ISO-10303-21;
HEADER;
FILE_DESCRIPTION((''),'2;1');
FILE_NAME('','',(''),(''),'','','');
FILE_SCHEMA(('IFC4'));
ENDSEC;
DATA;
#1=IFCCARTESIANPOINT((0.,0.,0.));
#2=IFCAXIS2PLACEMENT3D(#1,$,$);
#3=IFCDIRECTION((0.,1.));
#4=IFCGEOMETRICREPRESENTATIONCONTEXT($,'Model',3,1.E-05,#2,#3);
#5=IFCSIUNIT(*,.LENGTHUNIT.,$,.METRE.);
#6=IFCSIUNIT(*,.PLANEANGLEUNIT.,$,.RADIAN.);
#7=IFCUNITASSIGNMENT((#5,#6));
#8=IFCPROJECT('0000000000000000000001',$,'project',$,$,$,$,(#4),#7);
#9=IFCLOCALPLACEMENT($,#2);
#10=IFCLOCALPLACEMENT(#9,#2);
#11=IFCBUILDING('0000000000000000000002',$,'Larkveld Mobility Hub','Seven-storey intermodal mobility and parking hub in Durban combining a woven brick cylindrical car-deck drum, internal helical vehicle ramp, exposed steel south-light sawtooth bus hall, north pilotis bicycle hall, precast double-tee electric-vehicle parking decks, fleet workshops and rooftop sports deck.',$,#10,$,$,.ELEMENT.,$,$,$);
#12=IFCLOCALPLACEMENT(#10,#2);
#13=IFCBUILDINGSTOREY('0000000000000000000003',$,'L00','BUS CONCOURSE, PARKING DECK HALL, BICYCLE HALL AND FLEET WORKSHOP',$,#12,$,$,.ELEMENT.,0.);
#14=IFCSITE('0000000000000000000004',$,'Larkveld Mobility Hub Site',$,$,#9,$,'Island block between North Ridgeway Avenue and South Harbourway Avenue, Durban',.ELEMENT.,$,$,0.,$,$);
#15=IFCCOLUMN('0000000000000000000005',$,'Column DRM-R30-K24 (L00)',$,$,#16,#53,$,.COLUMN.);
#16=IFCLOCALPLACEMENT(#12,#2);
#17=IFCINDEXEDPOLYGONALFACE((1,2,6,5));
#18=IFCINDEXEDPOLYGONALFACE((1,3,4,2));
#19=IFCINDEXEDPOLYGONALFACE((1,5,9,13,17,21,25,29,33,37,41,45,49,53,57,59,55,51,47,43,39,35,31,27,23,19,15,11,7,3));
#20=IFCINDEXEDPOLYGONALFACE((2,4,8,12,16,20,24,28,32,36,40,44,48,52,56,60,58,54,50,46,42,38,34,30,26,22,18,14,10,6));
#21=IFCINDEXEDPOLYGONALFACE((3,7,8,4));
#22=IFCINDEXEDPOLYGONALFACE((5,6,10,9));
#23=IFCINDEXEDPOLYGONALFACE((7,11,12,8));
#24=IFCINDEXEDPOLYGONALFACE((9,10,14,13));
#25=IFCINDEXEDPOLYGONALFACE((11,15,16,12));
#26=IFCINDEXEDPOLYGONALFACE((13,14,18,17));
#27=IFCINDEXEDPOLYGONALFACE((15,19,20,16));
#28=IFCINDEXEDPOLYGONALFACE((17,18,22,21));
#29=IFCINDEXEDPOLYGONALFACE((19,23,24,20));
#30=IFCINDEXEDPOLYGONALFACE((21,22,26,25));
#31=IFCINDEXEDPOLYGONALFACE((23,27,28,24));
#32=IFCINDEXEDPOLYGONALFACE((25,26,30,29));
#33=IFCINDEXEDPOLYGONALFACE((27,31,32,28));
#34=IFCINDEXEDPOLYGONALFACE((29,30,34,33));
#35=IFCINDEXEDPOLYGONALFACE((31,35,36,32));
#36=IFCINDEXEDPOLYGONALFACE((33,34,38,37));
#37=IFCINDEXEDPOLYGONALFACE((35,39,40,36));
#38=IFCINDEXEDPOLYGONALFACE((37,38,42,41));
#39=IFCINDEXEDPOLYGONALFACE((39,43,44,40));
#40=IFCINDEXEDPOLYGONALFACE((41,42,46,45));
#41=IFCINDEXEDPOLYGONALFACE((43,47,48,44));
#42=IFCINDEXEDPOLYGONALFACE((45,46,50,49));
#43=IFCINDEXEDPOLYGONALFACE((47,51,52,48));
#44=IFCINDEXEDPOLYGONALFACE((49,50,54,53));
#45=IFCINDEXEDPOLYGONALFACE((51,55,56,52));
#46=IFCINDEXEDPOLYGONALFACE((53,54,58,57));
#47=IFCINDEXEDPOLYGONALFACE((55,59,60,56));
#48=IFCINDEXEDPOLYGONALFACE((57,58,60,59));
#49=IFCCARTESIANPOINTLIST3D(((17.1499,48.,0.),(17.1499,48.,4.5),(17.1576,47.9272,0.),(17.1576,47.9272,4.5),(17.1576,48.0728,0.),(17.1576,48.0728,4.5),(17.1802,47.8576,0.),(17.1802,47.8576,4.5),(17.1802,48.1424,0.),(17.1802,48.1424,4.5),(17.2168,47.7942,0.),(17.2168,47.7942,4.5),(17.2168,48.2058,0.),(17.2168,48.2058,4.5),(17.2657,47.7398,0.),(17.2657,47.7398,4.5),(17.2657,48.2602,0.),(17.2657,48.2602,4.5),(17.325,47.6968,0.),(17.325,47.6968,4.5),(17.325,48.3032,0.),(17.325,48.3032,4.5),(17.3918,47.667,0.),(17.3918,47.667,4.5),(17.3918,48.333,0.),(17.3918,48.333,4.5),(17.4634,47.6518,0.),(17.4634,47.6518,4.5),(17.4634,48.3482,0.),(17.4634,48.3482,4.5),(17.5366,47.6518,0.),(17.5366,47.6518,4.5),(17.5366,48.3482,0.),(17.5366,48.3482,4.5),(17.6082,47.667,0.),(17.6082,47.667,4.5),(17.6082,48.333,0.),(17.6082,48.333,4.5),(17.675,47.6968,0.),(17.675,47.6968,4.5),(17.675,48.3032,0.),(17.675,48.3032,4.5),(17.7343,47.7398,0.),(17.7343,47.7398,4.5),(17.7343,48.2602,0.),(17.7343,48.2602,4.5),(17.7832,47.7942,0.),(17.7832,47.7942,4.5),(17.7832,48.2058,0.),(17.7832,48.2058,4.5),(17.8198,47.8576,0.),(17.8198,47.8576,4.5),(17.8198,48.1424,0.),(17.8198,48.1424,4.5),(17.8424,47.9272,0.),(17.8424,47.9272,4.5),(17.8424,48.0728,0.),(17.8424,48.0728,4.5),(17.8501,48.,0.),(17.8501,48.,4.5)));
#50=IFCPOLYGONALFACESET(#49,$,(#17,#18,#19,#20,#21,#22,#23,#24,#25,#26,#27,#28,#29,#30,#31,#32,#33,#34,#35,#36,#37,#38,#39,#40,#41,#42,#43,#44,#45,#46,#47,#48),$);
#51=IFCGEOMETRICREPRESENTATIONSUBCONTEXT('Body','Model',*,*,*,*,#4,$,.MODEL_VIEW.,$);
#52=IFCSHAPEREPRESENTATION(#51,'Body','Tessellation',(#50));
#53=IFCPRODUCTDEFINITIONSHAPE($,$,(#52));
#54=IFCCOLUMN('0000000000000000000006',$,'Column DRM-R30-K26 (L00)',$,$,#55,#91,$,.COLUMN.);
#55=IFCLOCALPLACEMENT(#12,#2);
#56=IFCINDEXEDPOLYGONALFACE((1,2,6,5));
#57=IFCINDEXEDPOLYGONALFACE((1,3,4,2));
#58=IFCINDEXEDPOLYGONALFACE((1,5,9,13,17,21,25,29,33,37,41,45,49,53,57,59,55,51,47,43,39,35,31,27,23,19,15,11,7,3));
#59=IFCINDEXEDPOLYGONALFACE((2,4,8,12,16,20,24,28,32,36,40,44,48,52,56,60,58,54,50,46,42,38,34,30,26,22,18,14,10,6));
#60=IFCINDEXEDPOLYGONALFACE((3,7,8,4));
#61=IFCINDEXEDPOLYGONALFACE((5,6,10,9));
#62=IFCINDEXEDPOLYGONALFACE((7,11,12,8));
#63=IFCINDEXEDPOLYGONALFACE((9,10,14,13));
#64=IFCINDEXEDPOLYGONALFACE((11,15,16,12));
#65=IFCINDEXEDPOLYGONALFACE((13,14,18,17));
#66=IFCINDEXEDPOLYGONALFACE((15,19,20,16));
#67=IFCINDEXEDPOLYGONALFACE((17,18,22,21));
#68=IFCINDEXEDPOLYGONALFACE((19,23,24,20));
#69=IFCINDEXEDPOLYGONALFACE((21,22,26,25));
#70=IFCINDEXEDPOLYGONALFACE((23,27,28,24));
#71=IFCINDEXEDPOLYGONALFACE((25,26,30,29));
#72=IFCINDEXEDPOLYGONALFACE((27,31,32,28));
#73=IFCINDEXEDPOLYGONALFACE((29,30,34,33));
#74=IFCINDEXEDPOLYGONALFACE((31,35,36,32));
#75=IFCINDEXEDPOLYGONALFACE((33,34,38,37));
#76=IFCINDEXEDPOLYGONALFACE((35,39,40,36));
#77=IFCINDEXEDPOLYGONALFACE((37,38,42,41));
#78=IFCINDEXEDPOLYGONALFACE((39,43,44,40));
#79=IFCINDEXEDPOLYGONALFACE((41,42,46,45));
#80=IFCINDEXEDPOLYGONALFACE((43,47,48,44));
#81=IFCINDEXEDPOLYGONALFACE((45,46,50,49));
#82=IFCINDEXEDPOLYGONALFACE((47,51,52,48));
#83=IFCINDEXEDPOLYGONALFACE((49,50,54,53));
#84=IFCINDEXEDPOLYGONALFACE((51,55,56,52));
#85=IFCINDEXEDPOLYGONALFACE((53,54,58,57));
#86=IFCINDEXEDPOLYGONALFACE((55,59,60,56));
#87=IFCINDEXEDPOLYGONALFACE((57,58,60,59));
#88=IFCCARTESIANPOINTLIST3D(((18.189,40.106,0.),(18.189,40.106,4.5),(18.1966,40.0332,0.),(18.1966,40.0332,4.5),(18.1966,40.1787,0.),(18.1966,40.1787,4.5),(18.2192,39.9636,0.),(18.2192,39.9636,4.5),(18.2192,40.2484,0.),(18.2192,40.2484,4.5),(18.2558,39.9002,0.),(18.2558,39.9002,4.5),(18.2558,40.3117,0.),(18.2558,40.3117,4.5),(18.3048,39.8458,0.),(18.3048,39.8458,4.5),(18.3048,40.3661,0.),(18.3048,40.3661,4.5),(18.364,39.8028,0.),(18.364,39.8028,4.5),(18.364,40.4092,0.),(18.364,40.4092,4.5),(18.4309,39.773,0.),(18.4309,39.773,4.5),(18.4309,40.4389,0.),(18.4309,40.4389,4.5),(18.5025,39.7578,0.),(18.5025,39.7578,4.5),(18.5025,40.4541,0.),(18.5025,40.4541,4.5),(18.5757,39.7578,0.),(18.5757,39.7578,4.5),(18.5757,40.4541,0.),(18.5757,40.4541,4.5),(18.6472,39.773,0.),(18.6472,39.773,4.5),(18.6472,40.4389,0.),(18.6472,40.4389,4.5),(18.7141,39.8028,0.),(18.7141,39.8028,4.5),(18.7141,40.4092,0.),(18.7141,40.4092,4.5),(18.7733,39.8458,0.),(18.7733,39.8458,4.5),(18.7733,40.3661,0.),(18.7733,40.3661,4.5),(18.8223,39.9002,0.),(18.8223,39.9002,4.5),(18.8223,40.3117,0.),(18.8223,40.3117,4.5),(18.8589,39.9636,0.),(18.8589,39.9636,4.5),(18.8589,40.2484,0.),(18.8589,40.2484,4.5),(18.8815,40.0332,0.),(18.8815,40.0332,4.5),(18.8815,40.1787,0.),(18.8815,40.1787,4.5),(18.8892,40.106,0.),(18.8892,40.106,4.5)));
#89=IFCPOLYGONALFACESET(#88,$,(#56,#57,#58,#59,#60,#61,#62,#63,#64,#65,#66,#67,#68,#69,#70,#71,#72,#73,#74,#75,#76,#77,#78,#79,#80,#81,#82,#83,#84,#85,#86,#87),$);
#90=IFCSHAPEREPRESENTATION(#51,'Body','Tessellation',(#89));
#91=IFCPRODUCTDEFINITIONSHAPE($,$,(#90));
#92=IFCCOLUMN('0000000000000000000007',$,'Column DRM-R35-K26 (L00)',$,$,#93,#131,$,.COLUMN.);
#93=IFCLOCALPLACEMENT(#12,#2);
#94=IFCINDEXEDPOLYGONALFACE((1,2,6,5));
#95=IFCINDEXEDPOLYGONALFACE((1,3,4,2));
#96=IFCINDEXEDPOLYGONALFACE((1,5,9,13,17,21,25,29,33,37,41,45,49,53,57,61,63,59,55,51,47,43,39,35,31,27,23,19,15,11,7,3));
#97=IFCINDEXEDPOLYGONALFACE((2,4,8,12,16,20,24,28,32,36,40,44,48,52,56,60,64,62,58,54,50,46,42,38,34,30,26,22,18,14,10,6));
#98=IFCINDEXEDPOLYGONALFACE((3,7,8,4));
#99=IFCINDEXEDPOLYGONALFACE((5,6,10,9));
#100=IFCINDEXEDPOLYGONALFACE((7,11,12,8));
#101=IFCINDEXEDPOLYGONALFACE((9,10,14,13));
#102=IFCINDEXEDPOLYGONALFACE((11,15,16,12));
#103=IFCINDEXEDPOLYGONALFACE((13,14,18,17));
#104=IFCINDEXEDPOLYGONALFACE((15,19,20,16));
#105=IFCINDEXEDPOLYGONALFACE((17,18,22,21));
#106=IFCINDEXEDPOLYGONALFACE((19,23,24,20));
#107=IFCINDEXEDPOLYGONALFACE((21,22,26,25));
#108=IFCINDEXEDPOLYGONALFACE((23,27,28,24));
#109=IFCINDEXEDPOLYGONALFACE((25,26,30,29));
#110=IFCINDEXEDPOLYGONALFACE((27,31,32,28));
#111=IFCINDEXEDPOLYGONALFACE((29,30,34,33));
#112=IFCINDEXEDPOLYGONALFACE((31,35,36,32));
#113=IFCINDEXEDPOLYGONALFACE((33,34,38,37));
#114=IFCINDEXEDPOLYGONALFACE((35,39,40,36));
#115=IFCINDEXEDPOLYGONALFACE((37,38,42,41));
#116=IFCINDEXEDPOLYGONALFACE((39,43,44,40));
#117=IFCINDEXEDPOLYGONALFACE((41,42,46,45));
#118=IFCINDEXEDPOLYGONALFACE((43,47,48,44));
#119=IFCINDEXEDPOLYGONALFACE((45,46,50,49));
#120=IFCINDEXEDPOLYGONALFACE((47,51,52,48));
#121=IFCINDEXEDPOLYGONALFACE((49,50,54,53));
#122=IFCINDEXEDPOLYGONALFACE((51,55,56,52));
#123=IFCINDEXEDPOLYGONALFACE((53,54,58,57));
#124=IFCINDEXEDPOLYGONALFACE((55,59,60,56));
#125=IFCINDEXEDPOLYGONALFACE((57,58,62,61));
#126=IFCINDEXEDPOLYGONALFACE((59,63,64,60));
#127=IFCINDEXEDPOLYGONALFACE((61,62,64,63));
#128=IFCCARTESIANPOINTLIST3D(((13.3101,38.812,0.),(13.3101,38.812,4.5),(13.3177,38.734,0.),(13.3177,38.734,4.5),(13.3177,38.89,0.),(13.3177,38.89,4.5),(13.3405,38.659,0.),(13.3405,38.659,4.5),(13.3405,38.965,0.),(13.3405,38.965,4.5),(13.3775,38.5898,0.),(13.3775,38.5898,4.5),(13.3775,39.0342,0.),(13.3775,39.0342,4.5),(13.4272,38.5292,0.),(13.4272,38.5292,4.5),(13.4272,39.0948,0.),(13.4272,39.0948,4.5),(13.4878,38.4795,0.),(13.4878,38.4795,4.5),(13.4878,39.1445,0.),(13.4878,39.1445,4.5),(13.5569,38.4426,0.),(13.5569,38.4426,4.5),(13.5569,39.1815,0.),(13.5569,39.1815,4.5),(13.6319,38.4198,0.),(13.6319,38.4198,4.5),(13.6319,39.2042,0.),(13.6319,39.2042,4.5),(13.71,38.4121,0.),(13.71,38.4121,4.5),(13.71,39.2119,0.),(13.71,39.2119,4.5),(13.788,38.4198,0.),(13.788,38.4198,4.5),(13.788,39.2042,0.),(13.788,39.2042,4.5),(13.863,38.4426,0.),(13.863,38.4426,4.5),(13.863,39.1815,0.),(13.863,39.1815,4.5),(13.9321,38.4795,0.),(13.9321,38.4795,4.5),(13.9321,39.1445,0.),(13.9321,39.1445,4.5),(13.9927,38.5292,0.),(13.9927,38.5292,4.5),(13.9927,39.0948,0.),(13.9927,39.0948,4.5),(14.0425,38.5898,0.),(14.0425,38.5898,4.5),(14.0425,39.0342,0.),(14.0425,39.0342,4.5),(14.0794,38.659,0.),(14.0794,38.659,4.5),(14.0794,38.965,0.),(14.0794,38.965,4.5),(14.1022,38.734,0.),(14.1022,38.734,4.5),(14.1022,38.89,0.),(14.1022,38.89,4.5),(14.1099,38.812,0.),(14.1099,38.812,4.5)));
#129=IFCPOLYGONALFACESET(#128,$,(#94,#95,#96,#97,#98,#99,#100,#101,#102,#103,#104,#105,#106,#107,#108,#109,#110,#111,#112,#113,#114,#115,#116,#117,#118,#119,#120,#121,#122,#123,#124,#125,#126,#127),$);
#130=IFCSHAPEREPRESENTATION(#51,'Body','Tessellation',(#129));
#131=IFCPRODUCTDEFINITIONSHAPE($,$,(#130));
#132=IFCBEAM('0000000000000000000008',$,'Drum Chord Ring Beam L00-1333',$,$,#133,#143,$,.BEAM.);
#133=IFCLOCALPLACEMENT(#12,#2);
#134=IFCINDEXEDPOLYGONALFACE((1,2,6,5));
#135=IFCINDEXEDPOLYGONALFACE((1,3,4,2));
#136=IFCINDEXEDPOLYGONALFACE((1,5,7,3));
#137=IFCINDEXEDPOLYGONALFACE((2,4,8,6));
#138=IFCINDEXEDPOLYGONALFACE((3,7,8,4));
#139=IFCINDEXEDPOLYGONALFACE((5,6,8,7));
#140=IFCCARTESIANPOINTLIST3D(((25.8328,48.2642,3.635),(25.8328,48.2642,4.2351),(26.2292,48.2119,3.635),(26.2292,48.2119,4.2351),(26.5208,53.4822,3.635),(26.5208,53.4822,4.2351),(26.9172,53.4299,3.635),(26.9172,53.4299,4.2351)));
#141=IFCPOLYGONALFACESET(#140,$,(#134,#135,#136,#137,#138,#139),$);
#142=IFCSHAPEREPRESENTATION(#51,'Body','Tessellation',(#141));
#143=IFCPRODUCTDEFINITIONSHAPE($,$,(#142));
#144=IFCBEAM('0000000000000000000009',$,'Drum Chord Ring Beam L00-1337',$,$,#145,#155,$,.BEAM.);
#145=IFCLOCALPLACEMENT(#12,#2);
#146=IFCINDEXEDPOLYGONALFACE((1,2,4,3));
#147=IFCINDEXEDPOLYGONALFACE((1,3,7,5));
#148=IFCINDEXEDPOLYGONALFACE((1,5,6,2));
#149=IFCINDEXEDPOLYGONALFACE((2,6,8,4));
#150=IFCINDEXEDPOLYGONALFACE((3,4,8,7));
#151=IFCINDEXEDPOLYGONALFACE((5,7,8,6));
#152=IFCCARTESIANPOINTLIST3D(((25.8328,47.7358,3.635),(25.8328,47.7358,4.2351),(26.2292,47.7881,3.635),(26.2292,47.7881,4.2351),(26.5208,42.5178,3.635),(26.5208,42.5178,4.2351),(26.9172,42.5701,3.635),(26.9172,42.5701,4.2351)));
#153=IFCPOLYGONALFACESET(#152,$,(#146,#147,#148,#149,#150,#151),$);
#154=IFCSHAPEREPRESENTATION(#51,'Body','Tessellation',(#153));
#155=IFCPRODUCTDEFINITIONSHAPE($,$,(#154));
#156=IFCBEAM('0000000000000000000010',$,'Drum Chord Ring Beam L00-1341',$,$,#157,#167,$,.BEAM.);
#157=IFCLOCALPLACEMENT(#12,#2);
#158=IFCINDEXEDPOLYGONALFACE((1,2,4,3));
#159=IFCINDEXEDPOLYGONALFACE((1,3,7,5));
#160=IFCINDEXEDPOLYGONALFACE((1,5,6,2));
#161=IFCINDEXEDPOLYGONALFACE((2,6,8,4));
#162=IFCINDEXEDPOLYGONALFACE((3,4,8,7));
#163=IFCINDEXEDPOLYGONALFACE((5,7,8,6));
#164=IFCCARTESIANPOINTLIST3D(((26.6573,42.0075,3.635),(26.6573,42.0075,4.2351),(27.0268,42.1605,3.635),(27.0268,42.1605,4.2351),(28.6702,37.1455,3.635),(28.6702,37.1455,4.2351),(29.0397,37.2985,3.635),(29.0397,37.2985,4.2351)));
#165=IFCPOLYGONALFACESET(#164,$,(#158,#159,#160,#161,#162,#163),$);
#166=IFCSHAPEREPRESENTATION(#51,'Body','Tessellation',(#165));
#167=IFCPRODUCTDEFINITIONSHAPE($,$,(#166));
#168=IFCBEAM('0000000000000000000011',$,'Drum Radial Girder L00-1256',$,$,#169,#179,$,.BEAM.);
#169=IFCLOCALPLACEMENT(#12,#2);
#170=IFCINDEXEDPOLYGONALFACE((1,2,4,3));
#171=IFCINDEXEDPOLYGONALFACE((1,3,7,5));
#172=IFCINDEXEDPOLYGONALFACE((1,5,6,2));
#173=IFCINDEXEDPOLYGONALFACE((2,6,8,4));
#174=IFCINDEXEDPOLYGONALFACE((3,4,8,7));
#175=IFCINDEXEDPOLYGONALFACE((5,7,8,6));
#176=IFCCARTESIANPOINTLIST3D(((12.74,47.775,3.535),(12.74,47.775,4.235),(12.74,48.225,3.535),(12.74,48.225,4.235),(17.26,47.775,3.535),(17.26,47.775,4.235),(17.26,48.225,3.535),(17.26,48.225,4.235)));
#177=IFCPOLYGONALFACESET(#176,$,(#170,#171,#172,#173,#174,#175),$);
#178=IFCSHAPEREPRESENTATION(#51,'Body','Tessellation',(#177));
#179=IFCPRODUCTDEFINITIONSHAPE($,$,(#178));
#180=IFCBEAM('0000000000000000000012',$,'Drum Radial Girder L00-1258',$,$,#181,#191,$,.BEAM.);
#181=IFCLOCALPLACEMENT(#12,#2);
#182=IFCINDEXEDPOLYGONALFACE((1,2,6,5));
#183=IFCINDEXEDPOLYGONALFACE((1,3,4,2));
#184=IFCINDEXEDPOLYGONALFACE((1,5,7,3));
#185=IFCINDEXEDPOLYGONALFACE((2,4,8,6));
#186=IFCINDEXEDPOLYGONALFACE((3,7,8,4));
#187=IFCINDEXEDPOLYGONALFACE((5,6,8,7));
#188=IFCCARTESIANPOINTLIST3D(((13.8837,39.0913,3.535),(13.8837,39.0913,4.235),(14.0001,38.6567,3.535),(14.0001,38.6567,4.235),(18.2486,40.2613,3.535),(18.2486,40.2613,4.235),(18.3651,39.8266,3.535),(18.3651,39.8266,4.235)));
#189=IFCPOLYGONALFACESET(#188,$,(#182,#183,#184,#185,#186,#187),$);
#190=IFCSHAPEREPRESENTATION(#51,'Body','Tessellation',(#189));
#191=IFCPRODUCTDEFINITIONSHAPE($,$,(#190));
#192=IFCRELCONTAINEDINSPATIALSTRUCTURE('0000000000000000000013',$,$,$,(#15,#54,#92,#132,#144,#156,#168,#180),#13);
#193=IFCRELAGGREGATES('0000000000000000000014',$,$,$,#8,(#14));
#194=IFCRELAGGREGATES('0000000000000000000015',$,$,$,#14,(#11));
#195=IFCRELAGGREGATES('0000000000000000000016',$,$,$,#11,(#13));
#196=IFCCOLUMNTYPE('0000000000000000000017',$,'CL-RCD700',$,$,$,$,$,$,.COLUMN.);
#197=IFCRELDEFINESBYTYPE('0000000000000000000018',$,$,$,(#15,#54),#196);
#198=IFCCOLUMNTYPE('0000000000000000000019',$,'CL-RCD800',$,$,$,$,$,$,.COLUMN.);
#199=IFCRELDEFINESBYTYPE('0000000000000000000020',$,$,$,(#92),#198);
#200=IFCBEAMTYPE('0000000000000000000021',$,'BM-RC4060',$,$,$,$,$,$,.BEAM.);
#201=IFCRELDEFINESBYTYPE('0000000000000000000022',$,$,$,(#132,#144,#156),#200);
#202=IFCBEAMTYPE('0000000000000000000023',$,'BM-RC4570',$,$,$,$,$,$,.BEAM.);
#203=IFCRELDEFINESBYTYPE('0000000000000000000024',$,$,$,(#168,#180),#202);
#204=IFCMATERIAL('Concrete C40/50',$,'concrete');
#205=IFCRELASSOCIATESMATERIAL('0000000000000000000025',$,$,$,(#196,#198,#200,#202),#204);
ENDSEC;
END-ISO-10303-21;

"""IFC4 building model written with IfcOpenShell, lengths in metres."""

from ifc_helpers import new_model, si_unit, direction, frame, origin, origin_2d, place, context, subcontext, project, spatial, rectangle, circle, extrude, material, material_profile, profile_set, type_object, element, save


model = new_model("IFC4")

# Units and contexts
model_context = context("Model", 3, precision=1e-05, world=origin(), true_north=direction((0.0, 1.0)))
body_context = subcontext(model_context, "Body", "Model", "MODEL_VIEW")
ifc_project = project(units=[si_unit("LENGTHUNIT", "METRE"), si_unit("PLANEANGLEUNIT", "RADIAN")], contexts=[model_context])

# Site, building, storey
site_placement = place(None, origin())
site = spatial("IfcSite", under=ifc_project, at=site_placement, Name="Larkveld Mobility Hub Site", LongName="Island block between North Ridgeway Avenue and South Harbourway Avenue, Durban", CompositionType="ELEMENT", RefElevation=0.0)
building_placement = place(site_placement, origin())
building = spatial("IfcBuilding", under=site, at=building_placement, Name="Larkveld Mobility Hub", Description="Seven-storey intermodal mobility and parking hub in Durban combining a woven brick cylindrical car-deck drum, internal helical vehicle ramp, exposed steel south-light sawtooth bus hall, north pilotis bicycle hall, precast double-tee electric-vehicle parking decks, fleet workshops and rooftop sports deck.", CompositionType="ELEMENT")
storey_placement = place(building_placement, origin())
storey = spatial("IfcBuildingStorey", under=building, at=storey_placement, Name="L00", Description="BUS CONCOURSE, PARKING DECK HALL, BICYCLE HALL AND FLEET WORKSHOP", CompositionType="ELEMENT", Elevation=0.0)

# Columns
ifc_material_1 = material(Name="Concrete C40/50", Category="concrete")
ifc_material_profile_1 = material_profile(ifc_material_1, circle(Radius=0.3501, at=origin_2d()), Name="RC COL D700")
ifc_profile_set_1 = profile_set([ifc_material_profile_1], Name="Concrete C40/50")
column_type_1 = type_object("IfcColumnType", Name="CL-RCD700", PredefinedType="COLUMN", material=ifc_profile_set_1)
for number, where, z_axis, x_axis, name in (
    (1, (17.5, 48.0, 0.0), (0.0, 0.0, 1.0), (1.0, 0.0, 0.0), "Column DRM-R30-K24 (L00)"),
    (2, (18.5391, 40.106, 0.0), (0.0, 0.0, 1.0), (1.0, 0.0, 0.0), "Column DRM-R30-K26 (L00)"),
):
    element("IfcColumn", number, at=place(storey_placement, frame(where, z_axis=z_axis, x_axis=x_axis)), inside=storey, type_object=column_type_1, Name=name, PredefinedType="COLUMN", context=body_context, shape_type="SweptSolid", body=[
        extrude(circle(Radius=0.3501, at=origin_2d()), origin(), (0.0, 0.0, 1.0), 4.5),
    ])
ifc_material_profile_2 = material_profile(ifc_material_1, circle(Radius=0.3999, at=origin_2d()), Name="RC COL D800")
ifc_profile_set_2 = profile_set([ifc_material_profile_2], Name="Concrete C40/50")
column_type_2 = type_object("IfcColumnType", Name="CL-RCD800", PredefinedType="COLUMN", material=ifc_profile_set_2)
column_placement = place(storey_placement, frame((13.71, 38.812, 0.0), z_axis=(0.0, 0.0, 1.0), x_axis=(1.0, 0.0, 0.0)))
element("IfcColumn", 3, at=column_placement, inside=storey, type_object=column_type_2, Name="Column DRM-R35-K26 (L00)", PredefinedType="COLUMN", context=body_context, shape_type="SweptSolid", body=[
    extrude(circle(Radius=0.3999, at=origin_2d()), origin(), (0.0, 0.0, 1.0), 4.5),
])

# Beams
ifc_material_profile_3 = material_profile(ifc_material_1, rectangle(XDim=0.3999, YDim=0.6001, at=origin_2d()), Name="RC BM 400x600")
ifc_profile_set_3 = profile_set([ifc_material_profile_3], Name="Concrete C40/50")
beam_type_1 = type_object("IfcBeamType", Name="BM-RC4060", PredefinedType="BEAM", material=ifc_profile_set_3)
for number, where, z_axis, x_axis, name in (
    (4, (26.719, 53.4561, 3.9351), (-0.130717, -0.99142, 0.0), (0.99142, -0.130717, 0.0), "Drum Chord Ring Beam L00-1333"),
    (5, (26.031, 47.762, 3.9351), (0.130717, -0.99142, 0.0), (0.99142, 0.130717, 0.0), "Drum Chord Ring Beam L00-1337"),
):
    element("IfcBeam", number, at=place(storey_placement, frame(where, z_axis=z_axis, x_axis=x_axis)), inside=storey, type_object=beam_type_1, Name=name, PredefinedType="BEAM", context=body_context, shape_type="SweptSolid", body=[
        extrude(rectangle(XDim=0.3999, YDim=0.6001, at=origin_2d()), origin(), (0.0, 0.0, 1.0), 5.2632),
    ])
beam_1_placement = place(storey_placement, frame((26.842, 42.084, 3.9351), z_axis=(0.382523, -0.923946, 0.0), x_axis=(0.923946, 0.382523, 0.0)))
element("IfcBeam", 6, at=beam_1_placement, inside=storey, type_object=beam_type_1, Name="Drum Chord Ring Beam L00-1341", PredefinedType="BEAM", context=body_context, shape_type="SweptSolid", body=[
    extrude(rectangle(XDim=0.3999, YDim=0.6001, at=origin_2d()), origin(), (0.0, 0.0, 1.0), 5.2622),
])
ifc_material_profile_4 = material_profile(ifc_material_1, rectangle(XDim=0.45, YDim=0.7, at=origin_2d()), Name="RC BM 450x700")
ifc_profile_set_4 = profile_set([ifc_material_profile_4], Name="Concrete C40/50")
beam_type_2 = type_object("IfcBeamType", Name="BM-RC4570", PredefinedType="BEAM", material=ifc_profile_set_4)
beam_2_placement = place(storey_placement, frame((17.26, 48.0, 3.885), z_axis=(-1.0, 0.0, 0.0), x_axis=(0.0, -1.0, 0.0)))
element("IfcBeam", 7, at=beam_2_placement, inside=storey, type_object=beam_type_2, Name="Drum Radial Girder L00-1256", PredefinedType="BEAM", context=body_context, shape_type="SweptSolid", body=[
    extrude(rectangle(XDim=0.45, YDim=0.7, at=origin_2d()), origin(), (0.0, 0.0, 1.0), 4.52),
])
beam_3_placement = place(storey_placement, frame((18.3069, 40.0439, 3.885), z_axis=(-0.965908, -0.258886, 0.0), x_axis=(0.258886, -0.965908, 0.0)))
element("IfcBeam", 8, at=beam_3_placement, inside=storey, type_object=beam_type_2, Name="Drum Radial Girder L00-1258", PredefinedType="BEAM", context=body_context, shape_type="SweptSolid", body=[
    extrude(rectangle(XDim=0.45, YDim=0.7, at=origin_2d()), origin(), (0.0, 0.0, 1.0), 4.519),
])

save(model, "model.ifc")
